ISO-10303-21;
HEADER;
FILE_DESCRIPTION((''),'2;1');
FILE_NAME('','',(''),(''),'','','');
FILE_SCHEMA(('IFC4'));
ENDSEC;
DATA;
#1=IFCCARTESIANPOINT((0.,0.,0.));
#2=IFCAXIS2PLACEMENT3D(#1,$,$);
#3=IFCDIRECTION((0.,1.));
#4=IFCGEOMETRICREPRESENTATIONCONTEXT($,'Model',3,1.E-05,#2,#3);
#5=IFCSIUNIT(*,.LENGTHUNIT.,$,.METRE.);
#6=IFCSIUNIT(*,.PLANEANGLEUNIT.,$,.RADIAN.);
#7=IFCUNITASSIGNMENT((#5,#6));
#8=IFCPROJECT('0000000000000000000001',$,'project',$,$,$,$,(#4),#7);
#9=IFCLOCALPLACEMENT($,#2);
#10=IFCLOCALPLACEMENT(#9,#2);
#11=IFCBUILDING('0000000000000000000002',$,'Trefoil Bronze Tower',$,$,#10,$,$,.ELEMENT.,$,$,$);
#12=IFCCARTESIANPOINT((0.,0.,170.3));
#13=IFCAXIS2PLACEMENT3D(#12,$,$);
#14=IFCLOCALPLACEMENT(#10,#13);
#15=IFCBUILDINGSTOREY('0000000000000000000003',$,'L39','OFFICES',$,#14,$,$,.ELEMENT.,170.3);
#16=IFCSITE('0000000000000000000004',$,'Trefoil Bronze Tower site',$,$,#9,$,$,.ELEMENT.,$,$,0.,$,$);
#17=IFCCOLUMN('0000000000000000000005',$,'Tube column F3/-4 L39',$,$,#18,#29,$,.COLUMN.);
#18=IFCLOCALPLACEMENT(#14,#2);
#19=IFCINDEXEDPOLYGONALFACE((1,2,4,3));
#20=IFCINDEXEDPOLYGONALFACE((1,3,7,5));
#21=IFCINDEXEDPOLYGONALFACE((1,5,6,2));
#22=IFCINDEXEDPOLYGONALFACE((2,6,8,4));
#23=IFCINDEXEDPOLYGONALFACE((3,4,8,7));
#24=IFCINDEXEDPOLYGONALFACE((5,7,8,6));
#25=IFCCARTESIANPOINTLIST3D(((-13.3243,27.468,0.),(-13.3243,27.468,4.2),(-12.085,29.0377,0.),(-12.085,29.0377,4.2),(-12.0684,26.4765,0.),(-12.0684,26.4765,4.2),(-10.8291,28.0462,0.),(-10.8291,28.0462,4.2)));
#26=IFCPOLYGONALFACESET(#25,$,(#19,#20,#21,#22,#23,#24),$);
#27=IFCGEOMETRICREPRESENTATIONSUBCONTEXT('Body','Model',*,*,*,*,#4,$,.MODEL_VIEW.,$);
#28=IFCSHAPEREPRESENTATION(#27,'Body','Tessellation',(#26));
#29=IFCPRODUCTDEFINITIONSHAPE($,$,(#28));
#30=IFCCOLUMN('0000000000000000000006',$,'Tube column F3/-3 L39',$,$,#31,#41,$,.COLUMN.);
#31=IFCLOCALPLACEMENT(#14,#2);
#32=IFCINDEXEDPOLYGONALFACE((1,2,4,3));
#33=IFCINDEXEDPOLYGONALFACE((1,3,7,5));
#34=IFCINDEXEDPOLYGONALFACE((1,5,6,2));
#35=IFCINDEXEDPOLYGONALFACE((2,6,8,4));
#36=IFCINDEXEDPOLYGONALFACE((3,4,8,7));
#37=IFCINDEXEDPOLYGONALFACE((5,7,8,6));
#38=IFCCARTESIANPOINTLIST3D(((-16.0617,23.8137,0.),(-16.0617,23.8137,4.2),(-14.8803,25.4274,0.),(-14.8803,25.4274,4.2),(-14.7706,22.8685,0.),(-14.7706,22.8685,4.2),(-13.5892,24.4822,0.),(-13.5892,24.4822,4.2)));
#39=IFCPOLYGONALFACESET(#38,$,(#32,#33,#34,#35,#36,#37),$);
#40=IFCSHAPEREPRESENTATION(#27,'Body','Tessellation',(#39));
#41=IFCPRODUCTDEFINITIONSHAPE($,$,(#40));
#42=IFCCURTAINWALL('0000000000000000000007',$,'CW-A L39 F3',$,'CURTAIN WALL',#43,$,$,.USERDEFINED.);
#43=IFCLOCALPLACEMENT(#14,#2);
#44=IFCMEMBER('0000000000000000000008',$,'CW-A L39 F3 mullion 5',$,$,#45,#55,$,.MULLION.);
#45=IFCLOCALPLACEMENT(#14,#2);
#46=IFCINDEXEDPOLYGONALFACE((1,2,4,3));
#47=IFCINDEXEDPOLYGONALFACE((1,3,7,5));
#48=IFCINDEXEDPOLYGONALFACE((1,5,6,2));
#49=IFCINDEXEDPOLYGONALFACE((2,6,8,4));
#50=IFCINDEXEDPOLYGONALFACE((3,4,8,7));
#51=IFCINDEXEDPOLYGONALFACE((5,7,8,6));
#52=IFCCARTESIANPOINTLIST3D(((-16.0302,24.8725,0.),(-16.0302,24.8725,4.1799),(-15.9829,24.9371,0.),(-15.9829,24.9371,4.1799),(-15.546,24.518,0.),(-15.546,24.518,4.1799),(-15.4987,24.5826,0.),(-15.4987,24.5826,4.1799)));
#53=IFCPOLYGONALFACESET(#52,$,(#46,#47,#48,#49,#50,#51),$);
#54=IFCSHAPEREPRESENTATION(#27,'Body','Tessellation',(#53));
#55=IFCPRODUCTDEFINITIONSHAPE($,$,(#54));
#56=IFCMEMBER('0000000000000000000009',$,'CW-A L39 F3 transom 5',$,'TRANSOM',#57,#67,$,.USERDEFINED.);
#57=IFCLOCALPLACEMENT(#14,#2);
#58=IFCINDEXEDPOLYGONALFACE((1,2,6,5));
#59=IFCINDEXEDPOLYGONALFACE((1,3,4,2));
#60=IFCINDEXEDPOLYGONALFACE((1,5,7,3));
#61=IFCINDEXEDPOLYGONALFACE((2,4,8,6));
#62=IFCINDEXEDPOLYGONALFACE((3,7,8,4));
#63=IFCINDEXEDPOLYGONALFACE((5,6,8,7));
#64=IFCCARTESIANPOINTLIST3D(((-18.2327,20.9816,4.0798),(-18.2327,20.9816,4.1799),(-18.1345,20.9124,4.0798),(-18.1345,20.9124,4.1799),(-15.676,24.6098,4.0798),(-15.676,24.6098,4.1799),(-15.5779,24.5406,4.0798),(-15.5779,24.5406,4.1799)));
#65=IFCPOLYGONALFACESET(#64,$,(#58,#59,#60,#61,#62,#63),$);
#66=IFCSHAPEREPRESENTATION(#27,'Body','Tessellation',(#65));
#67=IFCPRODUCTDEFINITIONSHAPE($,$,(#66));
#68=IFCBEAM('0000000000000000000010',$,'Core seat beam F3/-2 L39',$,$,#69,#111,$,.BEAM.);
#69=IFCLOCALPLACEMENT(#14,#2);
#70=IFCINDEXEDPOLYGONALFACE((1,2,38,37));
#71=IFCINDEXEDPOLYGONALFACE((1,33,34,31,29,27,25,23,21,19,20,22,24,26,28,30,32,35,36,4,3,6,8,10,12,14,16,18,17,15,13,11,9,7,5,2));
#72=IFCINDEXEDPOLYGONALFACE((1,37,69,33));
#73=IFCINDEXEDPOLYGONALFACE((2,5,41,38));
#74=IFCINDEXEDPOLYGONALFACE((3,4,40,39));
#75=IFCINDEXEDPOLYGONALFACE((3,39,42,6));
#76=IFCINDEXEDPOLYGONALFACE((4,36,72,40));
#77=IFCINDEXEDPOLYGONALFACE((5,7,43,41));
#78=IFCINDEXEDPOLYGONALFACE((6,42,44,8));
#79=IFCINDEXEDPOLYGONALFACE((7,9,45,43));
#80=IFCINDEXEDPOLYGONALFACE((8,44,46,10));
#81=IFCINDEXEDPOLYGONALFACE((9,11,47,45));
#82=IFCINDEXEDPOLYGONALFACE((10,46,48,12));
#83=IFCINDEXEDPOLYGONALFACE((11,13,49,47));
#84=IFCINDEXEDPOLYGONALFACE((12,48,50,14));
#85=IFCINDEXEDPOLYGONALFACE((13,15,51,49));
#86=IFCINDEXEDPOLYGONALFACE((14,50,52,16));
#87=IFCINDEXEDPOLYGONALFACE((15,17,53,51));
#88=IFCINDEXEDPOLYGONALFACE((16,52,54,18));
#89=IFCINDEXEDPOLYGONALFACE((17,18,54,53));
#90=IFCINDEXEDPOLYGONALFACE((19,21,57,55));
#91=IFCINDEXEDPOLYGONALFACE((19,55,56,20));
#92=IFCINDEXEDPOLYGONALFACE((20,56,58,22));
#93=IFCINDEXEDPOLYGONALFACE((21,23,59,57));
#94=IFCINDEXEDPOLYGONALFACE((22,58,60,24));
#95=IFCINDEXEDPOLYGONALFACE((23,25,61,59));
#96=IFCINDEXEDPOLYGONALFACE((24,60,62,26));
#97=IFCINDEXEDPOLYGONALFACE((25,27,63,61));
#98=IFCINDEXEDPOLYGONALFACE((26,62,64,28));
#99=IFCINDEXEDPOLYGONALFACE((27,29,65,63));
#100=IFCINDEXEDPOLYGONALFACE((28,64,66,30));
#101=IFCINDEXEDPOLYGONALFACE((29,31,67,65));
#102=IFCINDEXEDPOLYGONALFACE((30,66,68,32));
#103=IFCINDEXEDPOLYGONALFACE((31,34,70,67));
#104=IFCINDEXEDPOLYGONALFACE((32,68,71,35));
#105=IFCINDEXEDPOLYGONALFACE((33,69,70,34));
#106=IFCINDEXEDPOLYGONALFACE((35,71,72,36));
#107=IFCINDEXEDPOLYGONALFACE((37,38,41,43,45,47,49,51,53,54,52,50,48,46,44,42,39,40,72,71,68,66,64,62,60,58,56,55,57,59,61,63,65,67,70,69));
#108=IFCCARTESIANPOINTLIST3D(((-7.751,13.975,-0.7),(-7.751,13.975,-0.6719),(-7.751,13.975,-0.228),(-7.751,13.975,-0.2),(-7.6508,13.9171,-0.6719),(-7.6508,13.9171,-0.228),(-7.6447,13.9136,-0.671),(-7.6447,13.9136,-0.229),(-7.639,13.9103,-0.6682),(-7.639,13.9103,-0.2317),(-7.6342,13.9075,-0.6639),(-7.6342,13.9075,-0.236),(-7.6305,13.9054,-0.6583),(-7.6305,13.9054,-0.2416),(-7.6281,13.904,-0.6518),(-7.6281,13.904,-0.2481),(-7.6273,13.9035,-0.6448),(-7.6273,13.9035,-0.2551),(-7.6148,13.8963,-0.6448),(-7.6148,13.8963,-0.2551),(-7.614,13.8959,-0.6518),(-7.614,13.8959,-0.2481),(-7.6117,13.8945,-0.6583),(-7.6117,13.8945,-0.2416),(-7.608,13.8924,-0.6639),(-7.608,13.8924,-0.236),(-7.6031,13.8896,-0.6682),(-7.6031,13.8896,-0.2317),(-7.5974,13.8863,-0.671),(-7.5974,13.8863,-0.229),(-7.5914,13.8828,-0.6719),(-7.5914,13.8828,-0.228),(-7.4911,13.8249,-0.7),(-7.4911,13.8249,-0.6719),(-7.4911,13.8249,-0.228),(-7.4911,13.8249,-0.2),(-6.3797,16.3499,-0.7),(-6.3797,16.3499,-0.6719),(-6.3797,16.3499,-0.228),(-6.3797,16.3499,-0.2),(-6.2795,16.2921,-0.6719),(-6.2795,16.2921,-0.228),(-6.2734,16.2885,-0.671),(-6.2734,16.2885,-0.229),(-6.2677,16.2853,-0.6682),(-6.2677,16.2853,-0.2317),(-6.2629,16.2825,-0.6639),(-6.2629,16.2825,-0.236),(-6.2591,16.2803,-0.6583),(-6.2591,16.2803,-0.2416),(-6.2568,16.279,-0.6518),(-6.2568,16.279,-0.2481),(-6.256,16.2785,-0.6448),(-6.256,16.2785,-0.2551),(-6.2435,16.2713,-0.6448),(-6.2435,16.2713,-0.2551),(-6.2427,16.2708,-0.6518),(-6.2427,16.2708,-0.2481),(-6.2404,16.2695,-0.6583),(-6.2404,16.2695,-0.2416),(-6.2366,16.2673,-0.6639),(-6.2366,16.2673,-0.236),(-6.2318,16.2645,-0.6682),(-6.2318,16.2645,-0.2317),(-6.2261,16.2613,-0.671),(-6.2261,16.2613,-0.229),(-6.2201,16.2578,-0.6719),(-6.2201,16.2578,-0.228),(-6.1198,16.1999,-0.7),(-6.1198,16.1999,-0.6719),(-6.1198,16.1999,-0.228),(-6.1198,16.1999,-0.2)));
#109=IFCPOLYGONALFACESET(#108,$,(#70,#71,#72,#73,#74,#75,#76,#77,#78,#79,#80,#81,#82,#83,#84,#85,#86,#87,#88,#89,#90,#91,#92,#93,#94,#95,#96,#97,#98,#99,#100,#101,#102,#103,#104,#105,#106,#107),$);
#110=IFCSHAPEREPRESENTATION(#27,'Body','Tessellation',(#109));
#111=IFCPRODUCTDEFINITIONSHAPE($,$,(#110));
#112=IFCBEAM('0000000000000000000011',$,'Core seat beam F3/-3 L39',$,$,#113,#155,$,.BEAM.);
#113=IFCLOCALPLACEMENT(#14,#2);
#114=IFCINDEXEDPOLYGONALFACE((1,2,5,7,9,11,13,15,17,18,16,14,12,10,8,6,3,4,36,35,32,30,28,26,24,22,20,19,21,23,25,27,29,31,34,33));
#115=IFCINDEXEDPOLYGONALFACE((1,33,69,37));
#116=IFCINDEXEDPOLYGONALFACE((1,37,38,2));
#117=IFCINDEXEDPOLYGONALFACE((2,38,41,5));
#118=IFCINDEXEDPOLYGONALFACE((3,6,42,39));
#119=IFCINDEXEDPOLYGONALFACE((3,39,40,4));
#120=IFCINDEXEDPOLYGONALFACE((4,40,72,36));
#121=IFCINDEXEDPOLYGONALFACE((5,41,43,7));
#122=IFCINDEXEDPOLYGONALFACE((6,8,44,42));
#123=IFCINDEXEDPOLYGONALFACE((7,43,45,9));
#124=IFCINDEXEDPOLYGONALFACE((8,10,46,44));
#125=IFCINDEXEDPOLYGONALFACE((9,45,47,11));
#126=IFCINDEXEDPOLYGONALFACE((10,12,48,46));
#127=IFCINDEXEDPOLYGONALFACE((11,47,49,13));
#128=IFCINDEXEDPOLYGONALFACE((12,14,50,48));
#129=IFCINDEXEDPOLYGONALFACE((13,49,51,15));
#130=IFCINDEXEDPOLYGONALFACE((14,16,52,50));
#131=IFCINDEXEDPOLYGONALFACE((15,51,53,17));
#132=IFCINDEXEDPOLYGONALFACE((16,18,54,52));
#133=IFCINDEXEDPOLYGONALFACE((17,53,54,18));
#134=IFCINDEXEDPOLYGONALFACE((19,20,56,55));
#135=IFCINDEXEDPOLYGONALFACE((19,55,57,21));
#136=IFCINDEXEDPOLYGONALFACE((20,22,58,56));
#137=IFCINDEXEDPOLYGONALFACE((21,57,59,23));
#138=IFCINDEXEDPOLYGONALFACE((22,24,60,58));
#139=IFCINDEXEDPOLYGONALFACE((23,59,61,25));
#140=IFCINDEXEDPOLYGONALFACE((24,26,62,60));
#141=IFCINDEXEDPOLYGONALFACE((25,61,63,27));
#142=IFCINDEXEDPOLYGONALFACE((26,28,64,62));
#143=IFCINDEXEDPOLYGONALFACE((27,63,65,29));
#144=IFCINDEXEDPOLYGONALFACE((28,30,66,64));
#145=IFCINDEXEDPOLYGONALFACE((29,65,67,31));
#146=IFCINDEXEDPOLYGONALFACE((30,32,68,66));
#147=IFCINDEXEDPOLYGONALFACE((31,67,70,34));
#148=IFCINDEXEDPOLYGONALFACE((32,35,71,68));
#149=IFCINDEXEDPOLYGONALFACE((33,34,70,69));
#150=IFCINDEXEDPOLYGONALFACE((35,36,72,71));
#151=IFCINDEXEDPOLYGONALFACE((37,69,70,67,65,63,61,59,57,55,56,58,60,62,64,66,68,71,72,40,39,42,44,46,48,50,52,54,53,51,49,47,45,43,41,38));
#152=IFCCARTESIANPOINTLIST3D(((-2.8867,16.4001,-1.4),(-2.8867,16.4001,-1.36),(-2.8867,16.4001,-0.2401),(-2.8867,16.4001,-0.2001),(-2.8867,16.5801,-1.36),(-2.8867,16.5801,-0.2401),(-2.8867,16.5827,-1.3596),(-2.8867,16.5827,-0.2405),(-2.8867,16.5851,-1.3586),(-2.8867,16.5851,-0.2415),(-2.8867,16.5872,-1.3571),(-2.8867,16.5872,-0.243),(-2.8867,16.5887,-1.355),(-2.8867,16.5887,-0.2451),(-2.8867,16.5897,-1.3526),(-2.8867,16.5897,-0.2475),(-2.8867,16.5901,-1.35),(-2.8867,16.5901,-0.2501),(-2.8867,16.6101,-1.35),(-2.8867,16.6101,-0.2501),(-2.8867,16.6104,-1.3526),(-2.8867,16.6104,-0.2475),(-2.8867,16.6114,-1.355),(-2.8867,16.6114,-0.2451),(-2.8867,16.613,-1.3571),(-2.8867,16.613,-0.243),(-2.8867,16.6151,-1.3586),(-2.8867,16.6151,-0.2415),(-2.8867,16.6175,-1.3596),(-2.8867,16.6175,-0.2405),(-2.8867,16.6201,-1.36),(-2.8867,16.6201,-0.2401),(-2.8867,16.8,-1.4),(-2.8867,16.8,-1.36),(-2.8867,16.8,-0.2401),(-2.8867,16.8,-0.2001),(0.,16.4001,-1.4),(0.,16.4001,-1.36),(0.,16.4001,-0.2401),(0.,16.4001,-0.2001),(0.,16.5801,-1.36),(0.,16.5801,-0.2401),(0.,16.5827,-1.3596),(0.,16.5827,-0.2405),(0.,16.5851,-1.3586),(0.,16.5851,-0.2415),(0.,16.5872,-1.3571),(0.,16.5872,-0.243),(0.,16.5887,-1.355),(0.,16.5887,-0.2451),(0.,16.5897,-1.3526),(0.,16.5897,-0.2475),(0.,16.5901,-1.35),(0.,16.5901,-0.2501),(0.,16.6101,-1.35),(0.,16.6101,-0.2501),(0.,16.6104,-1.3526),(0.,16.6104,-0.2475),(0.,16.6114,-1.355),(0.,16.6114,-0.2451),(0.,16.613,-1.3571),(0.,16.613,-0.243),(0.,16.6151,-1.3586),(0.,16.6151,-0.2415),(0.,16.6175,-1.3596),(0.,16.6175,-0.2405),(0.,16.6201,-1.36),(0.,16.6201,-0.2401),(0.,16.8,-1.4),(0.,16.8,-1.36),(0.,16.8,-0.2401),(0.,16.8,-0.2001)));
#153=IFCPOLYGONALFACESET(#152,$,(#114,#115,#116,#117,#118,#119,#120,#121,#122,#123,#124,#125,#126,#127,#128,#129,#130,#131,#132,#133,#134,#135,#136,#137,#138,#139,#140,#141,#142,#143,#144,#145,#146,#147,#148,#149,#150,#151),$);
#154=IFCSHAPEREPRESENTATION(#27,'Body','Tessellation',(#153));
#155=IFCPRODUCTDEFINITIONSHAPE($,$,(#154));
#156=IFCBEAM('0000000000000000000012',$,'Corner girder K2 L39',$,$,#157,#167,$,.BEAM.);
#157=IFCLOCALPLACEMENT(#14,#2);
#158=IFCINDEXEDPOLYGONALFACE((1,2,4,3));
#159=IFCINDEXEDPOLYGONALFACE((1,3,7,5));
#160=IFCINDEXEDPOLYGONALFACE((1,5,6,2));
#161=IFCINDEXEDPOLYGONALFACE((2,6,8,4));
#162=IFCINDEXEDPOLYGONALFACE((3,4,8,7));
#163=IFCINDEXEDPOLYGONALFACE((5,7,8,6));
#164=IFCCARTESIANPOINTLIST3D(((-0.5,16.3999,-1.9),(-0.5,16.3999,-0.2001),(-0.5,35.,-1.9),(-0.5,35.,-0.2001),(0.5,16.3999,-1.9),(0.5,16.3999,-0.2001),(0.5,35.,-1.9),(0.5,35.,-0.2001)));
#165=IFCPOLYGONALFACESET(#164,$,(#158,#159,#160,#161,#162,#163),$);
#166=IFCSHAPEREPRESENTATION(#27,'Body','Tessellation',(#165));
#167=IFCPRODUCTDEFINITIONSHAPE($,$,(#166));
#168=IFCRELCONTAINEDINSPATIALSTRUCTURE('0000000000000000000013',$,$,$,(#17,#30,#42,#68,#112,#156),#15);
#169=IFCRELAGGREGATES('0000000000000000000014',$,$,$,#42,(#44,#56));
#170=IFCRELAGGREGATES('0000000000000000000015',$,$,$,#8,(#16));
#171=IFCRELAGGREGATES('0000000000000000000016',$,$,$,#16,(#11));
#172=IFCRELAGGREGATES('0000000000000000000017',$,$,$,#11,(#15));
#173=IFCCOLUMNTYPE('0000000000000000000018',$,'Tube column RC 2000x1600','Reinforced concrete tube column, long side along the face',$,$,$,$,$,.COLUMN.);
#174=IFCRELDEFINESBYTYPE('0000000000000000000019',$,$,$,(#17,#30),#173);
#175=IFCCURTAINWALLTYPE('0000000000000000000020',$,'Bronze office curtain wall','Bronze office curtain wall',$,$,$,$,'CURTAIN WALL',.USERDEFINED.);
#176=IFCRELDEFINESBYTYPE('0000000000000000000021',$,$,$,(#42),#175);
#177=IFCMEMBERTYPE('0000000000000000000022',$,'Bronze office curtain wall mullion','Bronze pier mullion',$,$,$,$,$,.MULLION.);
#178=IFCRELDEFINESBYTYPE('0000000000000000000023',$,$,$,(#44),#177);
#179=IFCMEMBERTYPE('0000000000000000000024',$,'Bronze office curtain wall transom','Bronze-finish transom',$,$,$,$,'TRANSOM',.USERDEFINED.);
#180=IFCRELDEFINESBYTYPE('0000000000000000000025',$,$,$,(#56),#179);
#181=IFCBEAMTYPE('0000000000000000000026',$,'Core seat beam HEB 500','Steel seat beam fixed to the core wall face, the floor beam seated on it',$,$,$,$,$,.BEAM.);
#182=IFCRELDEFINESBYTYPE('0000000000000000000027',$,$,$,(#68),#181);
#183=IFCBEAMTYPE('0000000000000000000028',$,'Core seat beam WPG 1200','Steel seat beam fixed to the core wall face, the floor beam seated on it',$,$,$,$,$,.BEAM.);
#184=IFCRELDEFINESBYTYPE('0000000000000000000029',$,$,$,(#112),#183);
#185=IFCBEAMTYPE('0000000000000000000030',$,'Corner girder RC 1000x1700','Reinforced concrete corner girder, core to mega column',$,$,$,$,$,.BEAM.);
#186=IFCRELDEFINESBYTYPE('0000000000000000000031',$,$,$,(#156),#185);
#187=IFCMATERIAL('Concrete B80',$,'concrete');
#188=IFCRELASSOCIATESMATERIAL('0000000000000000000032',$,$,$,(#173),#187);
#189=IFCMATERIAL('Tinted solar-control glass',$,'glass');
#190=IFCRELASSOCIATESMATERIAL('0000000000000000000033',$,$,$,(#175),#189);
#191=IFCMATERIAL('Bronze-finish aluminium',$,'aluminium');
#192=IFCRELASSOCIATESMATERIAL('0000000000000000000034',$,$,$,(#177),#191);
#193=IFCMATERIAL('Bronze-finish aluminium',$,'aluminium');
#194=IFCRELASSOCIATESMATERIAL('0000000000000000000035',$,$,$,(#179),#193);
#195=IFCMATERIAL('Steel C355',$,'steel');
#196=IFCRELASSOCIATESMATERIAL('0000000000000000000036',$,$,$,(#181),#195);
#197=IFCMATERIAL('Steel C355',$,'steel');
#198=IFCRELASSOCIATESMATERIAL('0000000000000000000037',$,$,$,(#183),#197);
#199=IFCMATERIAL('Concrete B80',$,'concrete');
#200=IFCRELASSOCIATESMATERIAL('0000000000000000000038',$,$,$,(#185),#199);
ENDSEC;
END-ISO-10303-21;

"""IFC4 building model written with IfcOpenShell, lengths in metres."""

from ifc_helpers import new_model, si_unit, direction, frame, origin, origin_2d, place, context, subcontext, project, spatial, rectangle, i_section, extrude, material, material_profile, profile_set, type_object, element, aggregate, save


model = new_model("IFC4")

# Units and contexts
model_context = context("Model", 3, precision=1e-05, world=origin(), true_north=direction((0.0, 1.0)))
body_context = subcontext(model_context, "Body", "Model", "MODEL_VIEW")
ifc_project = project(units=[si_unit("LENGTHUNIT", "METRE"), si_unit("PLANEANGLEUNIT", "RADIAN")], contexts=[model_context])

# Site, building, storey
site_placement = place(None, origin())
site = spatial("IfcSite", under=ifc_project, at=site_placement, Name="Trefoil Bronze Tower site", CompositionType="ELEMENT", RefElevation=0.0)
building_placement = place(site_placement, origin())
building = spatial("IfcBuilding", under=site, at=building_placement, Name="Trefoil Bronze Tower", CompositionType="ELEMENT")
storey_placement = place(building_placement, frame((0.0, 0.0, 170.3)))
storey = spatial("IfcBuildingStorey", under=building, at=storey_placement, Name="L39", Description="OFFICES", CompositionType="ELEMENT", Elevation=170.3)

# Columns
ifc_material_1 = material(Name="Concrete B80", Category="concrete")
ifc_material_profile_1 = material_profile(ifc_material_1, rectangle(XDim=2.0, YDim=1.6001, at=origin_2d()), Name="RC 2000x1600")
ifc_profile_set_1 = profile_set([ifc_material_profile_1], Name="Concrete B80")
column_type = type_object("IfcColumnType", Name="Tube column RC 2000x1600", Description="Reinforced concrete tube column, long side along the face", PredefinedType="COLUMN", material=ifc_profile_set_1)
for number, where, z_axis, x_axis, name in (
    (1, (-12.0767, 27.7571, 0.0), (0.0, 0.0, 1.0), (-0.619649, -0.784879, 0.0), "Tube column F3/-4 L39"),
    (2, (-14.8254, 24.1479, 0.0), (0.0, 0.0, 1.0), (-0.590723, -0.806875, 0.0), "Tube column F3/-3 L39"),
):
    element("IfcColumn", number, at=place(storey_placement, frame(where, z_axis=z_axis, x_axis=x_axis)), inside=storey, type_object=column_type, Name=name, PredefinedType="COLUMN", context=body_context, shape_type="SweptSolid", body=[
        extrude(rectangle(XDim=2.0, YDim=1.6001, at=origin_2d()), origin(), (0.0, 0.0, 1.0), 4.2),
    ])

# Curtain wall, members
ifc_material_2 = material(Name="Tinted solar-control glass", Category="glass")
curtain_wall_type = type_object("IfcCurtainWallType", Name="Bronze office curtain wall", Description="Bronze office curtain wall", ElementType="CURTAIN WALL", PredefinedType="USERDEFINED", material=ifc_material_2)
curtain_wall_placement = place(storey_placement, origin())
curtain_wall = element("IfcCurtainWall", 3, at=curtain_wall_placement, inside=storey, type_object=curtain_wall_type, Name="CW-A L39 F3", ObjectType="CURTAIN WALL", PredefinedType="USERDEFINED")
ifc_material_3 = material(Name="Bronze-finish aluminium", Category="aluminium")
ifc_material_profile_2 = material_profile(ifc_material_3, rectangle(XDim=0.6001, YDim=0.0801, at=origin_2d()), Name="CW-A mullion")
ifc_profile_set_2 = profile_set([ifc_material_profile_2], Name="Bronze-finish aluminium")
member_type_1 = type_object("IfcMemberType", Name="Bronze office curtain wall mullion", Description="Bronze pier mullion", PredefinedType="MULLION", material=ifc_profile_set_2)
member_1_placement = place(storey_placement, frame((-15.7644, 24.7275, 0.0), z_axis=(0.0, 0.0, 1.0), x_axis=(0.806875, -0.590723, 0.0)))
member_1 = element("IfcMember", 4, at=member_1_placement, type_object=member_type_1, Name="CW-A L39 F3 mullion 5", PredefinedType="MULLION", context=body_context, shape_type="SweptSolid", body=[
    extrude(rectangle(XDim=0.6001, YDim=0.0801, at=origin_2d()), origin(), (0.0, 0.0, 1.0), 4.1799),
])
ifc_material_4 = material(Name="Bronze-finish aluminium", Category="aluminium")
ifc_material_profile_3 = material_profile(ifc_material_4, rectangle(XDim=0.1201, YDim=0.1001, at=origin_2d()), Name="CW-A transom")
ifc_profile_set_3 = profile_set([ifc_material_profile_3], Name="Bronze-finish aluminium")
member_type_2 = type_object("IfcMemberType", Name="Bronze office curtain wall transom", Description="Bronze-finish transom", ElementType="TRANSOM", PredefinedType="USERDEFINED", material=ifc_profile_set_3)
member_2_placement = place(storey_placement, frame((-15.627, 24.5752, 4.1299), z_axis=(-0.576018, -0.817437, 0.0), x_axis=(0.817437, -0.576018, 0.0)))
member_2 = element("IfcMember", 5, at=member_2_placement, type_object=member_type_2, Name="CW-A L39 F3 transom 5", ObjectType="TRANSOM", PredefinedType="USERDEFINED", context=body_context, shape_type="SweptSolid", body=[
    extrude(rectangle(XDim=0.1201, YDim=0.1001, at=origin_2d()), origin(), (0.0, 0.0, 1.0), 4.4385),
])

# Beams
ifc_material_5 = material(Name="Steel C355", Category="steel")
ifc_material_profile_4 = material_profile(ifc_material_5, i_section(OverallWidth=0.3, OverallDepth=0.5, WebThickness=0.0144, FlangeThickness=0.0281, FilletRadius=0.0271, at=origin_2d()), Name="HEB 500")
ifc_profile_set_4 = profile_set([ifc_material_profile_4], Name="Steel C355")
beam_type_1 = type_object("IfcBeamType", Name="Core seat beam HEB 500", Description="Steel seat beam fixed to the core wall face, the floor beam seated on it", PredefinedType="BEAM", material=ifc_profile_set_4)
beam_1_placement = place(storey_placement, frame((-6.2498, 16.2749, -0.45), z_axis=(-0.500036, -0.866005, 0.0), x_axis=(0.866005, -0.500036, 0.0)))
element("IfcBeam", 6, at=beam_1_placement, inside=storey, type_object=beam_type_1, Name="Core seat beam F3/-2 L39", PredefinedType="BEAM", context=body_context, shape_type="SweptSolid", body=[
    extrude(i_section(OverallWidth=0.3, OverallDepth=0.5, WebThickness=0.0144, FlangeThickness=0.0281, FilletRadius=0.0271, at=origin_2d()), origin(), (0.0, 0.0, 1.0), 2.7424),
])
ifc_material_6 = material(Name="Steel C355", Category="steel")
ifc_material_profile_5 = material_profile(ifc_material_6, i_section(OverallWidth=0.3999, OverallDepth=1.2, WebThickness=0.02, FlangeThickness=0.04, FilletRadius=0.01, at=origin_2d()), Name="WPG 1200")
ifc_profile_set_5 = profile_set([ifc_material_profile_5], Name="Steel C355")
beam_type_2 = type_object("IfcBeamType", Name="Core seat beam WPG 1200", Description="Steel seat beam fixed to the core wall face, the floor beam seated on it", PredefinedType="BEAM", material=ifc_profile_set_5)
beam_2_placement = place(storey_placement, frame((0.0, 16.6001, -0.8), z_axis=(-1.0, 0.0, 0.0), x_axis=(0.0, -1.0, 0.0)))
element("IfcBeam", 7, at=beam_2_placement, inside=storey, type_object=beam_type_2, Name="Core seat beam F3/-3 L39", PredefinedType="BEAM", context=body_context, shape_type="SweptSolid", body=[
    extrude(i_section(OverallWidth=0.3999, OverallDepth=1.2, WebThickness=0.02, FlangeThickness=0.04, FilletRadius=0.01, at=origin_2d()), origin(), (0.0, 0.0, 1.0), 2.8867),
])
ifc_material_7 = material(Name="Concrete B80", Category="concrete")
ifc_material_profile_6 = material_profile(ifc_material_7, rectangle(XDim=1.0, YDim=1.7, at=origin_2d()), Name="RC 1000x1700")
ifc_profile_set_6 = profile_set([ifc_material_profile_6], Name="Concrete B80")
beam_type_3 = type_object("IfcBeamType", Name="Corner girder RC 1000x1700", Description="Reinforced concrete corner girder, core to mega column", PredefinedType="BEAM", material=ifc_profile_set_6)
beam_3_placement = place(storey_placement, frame((0.0, 16.3999, -1.05), z_axis=(0.0, 1.0, 0.0), x_axis=(-1.0, 0.0, 0.0)))
element("IfcBeam", 8, at=beam_3_placement, inside=storey, type_object=beam_type_3, Name="Corner girder K2 L39", PredefinedType="BEAM", context=body_context, shape_type="SweptSolid", body=[
    extrude(rectangle(XDim=1.0, YDim=1.7, at=origin_2d()), origin(), (0.0, 0.0, 1.0), 18.6001),
])

aggregate(curtain_wall, [member_1, member_2])

save(model, "model.ifc")
